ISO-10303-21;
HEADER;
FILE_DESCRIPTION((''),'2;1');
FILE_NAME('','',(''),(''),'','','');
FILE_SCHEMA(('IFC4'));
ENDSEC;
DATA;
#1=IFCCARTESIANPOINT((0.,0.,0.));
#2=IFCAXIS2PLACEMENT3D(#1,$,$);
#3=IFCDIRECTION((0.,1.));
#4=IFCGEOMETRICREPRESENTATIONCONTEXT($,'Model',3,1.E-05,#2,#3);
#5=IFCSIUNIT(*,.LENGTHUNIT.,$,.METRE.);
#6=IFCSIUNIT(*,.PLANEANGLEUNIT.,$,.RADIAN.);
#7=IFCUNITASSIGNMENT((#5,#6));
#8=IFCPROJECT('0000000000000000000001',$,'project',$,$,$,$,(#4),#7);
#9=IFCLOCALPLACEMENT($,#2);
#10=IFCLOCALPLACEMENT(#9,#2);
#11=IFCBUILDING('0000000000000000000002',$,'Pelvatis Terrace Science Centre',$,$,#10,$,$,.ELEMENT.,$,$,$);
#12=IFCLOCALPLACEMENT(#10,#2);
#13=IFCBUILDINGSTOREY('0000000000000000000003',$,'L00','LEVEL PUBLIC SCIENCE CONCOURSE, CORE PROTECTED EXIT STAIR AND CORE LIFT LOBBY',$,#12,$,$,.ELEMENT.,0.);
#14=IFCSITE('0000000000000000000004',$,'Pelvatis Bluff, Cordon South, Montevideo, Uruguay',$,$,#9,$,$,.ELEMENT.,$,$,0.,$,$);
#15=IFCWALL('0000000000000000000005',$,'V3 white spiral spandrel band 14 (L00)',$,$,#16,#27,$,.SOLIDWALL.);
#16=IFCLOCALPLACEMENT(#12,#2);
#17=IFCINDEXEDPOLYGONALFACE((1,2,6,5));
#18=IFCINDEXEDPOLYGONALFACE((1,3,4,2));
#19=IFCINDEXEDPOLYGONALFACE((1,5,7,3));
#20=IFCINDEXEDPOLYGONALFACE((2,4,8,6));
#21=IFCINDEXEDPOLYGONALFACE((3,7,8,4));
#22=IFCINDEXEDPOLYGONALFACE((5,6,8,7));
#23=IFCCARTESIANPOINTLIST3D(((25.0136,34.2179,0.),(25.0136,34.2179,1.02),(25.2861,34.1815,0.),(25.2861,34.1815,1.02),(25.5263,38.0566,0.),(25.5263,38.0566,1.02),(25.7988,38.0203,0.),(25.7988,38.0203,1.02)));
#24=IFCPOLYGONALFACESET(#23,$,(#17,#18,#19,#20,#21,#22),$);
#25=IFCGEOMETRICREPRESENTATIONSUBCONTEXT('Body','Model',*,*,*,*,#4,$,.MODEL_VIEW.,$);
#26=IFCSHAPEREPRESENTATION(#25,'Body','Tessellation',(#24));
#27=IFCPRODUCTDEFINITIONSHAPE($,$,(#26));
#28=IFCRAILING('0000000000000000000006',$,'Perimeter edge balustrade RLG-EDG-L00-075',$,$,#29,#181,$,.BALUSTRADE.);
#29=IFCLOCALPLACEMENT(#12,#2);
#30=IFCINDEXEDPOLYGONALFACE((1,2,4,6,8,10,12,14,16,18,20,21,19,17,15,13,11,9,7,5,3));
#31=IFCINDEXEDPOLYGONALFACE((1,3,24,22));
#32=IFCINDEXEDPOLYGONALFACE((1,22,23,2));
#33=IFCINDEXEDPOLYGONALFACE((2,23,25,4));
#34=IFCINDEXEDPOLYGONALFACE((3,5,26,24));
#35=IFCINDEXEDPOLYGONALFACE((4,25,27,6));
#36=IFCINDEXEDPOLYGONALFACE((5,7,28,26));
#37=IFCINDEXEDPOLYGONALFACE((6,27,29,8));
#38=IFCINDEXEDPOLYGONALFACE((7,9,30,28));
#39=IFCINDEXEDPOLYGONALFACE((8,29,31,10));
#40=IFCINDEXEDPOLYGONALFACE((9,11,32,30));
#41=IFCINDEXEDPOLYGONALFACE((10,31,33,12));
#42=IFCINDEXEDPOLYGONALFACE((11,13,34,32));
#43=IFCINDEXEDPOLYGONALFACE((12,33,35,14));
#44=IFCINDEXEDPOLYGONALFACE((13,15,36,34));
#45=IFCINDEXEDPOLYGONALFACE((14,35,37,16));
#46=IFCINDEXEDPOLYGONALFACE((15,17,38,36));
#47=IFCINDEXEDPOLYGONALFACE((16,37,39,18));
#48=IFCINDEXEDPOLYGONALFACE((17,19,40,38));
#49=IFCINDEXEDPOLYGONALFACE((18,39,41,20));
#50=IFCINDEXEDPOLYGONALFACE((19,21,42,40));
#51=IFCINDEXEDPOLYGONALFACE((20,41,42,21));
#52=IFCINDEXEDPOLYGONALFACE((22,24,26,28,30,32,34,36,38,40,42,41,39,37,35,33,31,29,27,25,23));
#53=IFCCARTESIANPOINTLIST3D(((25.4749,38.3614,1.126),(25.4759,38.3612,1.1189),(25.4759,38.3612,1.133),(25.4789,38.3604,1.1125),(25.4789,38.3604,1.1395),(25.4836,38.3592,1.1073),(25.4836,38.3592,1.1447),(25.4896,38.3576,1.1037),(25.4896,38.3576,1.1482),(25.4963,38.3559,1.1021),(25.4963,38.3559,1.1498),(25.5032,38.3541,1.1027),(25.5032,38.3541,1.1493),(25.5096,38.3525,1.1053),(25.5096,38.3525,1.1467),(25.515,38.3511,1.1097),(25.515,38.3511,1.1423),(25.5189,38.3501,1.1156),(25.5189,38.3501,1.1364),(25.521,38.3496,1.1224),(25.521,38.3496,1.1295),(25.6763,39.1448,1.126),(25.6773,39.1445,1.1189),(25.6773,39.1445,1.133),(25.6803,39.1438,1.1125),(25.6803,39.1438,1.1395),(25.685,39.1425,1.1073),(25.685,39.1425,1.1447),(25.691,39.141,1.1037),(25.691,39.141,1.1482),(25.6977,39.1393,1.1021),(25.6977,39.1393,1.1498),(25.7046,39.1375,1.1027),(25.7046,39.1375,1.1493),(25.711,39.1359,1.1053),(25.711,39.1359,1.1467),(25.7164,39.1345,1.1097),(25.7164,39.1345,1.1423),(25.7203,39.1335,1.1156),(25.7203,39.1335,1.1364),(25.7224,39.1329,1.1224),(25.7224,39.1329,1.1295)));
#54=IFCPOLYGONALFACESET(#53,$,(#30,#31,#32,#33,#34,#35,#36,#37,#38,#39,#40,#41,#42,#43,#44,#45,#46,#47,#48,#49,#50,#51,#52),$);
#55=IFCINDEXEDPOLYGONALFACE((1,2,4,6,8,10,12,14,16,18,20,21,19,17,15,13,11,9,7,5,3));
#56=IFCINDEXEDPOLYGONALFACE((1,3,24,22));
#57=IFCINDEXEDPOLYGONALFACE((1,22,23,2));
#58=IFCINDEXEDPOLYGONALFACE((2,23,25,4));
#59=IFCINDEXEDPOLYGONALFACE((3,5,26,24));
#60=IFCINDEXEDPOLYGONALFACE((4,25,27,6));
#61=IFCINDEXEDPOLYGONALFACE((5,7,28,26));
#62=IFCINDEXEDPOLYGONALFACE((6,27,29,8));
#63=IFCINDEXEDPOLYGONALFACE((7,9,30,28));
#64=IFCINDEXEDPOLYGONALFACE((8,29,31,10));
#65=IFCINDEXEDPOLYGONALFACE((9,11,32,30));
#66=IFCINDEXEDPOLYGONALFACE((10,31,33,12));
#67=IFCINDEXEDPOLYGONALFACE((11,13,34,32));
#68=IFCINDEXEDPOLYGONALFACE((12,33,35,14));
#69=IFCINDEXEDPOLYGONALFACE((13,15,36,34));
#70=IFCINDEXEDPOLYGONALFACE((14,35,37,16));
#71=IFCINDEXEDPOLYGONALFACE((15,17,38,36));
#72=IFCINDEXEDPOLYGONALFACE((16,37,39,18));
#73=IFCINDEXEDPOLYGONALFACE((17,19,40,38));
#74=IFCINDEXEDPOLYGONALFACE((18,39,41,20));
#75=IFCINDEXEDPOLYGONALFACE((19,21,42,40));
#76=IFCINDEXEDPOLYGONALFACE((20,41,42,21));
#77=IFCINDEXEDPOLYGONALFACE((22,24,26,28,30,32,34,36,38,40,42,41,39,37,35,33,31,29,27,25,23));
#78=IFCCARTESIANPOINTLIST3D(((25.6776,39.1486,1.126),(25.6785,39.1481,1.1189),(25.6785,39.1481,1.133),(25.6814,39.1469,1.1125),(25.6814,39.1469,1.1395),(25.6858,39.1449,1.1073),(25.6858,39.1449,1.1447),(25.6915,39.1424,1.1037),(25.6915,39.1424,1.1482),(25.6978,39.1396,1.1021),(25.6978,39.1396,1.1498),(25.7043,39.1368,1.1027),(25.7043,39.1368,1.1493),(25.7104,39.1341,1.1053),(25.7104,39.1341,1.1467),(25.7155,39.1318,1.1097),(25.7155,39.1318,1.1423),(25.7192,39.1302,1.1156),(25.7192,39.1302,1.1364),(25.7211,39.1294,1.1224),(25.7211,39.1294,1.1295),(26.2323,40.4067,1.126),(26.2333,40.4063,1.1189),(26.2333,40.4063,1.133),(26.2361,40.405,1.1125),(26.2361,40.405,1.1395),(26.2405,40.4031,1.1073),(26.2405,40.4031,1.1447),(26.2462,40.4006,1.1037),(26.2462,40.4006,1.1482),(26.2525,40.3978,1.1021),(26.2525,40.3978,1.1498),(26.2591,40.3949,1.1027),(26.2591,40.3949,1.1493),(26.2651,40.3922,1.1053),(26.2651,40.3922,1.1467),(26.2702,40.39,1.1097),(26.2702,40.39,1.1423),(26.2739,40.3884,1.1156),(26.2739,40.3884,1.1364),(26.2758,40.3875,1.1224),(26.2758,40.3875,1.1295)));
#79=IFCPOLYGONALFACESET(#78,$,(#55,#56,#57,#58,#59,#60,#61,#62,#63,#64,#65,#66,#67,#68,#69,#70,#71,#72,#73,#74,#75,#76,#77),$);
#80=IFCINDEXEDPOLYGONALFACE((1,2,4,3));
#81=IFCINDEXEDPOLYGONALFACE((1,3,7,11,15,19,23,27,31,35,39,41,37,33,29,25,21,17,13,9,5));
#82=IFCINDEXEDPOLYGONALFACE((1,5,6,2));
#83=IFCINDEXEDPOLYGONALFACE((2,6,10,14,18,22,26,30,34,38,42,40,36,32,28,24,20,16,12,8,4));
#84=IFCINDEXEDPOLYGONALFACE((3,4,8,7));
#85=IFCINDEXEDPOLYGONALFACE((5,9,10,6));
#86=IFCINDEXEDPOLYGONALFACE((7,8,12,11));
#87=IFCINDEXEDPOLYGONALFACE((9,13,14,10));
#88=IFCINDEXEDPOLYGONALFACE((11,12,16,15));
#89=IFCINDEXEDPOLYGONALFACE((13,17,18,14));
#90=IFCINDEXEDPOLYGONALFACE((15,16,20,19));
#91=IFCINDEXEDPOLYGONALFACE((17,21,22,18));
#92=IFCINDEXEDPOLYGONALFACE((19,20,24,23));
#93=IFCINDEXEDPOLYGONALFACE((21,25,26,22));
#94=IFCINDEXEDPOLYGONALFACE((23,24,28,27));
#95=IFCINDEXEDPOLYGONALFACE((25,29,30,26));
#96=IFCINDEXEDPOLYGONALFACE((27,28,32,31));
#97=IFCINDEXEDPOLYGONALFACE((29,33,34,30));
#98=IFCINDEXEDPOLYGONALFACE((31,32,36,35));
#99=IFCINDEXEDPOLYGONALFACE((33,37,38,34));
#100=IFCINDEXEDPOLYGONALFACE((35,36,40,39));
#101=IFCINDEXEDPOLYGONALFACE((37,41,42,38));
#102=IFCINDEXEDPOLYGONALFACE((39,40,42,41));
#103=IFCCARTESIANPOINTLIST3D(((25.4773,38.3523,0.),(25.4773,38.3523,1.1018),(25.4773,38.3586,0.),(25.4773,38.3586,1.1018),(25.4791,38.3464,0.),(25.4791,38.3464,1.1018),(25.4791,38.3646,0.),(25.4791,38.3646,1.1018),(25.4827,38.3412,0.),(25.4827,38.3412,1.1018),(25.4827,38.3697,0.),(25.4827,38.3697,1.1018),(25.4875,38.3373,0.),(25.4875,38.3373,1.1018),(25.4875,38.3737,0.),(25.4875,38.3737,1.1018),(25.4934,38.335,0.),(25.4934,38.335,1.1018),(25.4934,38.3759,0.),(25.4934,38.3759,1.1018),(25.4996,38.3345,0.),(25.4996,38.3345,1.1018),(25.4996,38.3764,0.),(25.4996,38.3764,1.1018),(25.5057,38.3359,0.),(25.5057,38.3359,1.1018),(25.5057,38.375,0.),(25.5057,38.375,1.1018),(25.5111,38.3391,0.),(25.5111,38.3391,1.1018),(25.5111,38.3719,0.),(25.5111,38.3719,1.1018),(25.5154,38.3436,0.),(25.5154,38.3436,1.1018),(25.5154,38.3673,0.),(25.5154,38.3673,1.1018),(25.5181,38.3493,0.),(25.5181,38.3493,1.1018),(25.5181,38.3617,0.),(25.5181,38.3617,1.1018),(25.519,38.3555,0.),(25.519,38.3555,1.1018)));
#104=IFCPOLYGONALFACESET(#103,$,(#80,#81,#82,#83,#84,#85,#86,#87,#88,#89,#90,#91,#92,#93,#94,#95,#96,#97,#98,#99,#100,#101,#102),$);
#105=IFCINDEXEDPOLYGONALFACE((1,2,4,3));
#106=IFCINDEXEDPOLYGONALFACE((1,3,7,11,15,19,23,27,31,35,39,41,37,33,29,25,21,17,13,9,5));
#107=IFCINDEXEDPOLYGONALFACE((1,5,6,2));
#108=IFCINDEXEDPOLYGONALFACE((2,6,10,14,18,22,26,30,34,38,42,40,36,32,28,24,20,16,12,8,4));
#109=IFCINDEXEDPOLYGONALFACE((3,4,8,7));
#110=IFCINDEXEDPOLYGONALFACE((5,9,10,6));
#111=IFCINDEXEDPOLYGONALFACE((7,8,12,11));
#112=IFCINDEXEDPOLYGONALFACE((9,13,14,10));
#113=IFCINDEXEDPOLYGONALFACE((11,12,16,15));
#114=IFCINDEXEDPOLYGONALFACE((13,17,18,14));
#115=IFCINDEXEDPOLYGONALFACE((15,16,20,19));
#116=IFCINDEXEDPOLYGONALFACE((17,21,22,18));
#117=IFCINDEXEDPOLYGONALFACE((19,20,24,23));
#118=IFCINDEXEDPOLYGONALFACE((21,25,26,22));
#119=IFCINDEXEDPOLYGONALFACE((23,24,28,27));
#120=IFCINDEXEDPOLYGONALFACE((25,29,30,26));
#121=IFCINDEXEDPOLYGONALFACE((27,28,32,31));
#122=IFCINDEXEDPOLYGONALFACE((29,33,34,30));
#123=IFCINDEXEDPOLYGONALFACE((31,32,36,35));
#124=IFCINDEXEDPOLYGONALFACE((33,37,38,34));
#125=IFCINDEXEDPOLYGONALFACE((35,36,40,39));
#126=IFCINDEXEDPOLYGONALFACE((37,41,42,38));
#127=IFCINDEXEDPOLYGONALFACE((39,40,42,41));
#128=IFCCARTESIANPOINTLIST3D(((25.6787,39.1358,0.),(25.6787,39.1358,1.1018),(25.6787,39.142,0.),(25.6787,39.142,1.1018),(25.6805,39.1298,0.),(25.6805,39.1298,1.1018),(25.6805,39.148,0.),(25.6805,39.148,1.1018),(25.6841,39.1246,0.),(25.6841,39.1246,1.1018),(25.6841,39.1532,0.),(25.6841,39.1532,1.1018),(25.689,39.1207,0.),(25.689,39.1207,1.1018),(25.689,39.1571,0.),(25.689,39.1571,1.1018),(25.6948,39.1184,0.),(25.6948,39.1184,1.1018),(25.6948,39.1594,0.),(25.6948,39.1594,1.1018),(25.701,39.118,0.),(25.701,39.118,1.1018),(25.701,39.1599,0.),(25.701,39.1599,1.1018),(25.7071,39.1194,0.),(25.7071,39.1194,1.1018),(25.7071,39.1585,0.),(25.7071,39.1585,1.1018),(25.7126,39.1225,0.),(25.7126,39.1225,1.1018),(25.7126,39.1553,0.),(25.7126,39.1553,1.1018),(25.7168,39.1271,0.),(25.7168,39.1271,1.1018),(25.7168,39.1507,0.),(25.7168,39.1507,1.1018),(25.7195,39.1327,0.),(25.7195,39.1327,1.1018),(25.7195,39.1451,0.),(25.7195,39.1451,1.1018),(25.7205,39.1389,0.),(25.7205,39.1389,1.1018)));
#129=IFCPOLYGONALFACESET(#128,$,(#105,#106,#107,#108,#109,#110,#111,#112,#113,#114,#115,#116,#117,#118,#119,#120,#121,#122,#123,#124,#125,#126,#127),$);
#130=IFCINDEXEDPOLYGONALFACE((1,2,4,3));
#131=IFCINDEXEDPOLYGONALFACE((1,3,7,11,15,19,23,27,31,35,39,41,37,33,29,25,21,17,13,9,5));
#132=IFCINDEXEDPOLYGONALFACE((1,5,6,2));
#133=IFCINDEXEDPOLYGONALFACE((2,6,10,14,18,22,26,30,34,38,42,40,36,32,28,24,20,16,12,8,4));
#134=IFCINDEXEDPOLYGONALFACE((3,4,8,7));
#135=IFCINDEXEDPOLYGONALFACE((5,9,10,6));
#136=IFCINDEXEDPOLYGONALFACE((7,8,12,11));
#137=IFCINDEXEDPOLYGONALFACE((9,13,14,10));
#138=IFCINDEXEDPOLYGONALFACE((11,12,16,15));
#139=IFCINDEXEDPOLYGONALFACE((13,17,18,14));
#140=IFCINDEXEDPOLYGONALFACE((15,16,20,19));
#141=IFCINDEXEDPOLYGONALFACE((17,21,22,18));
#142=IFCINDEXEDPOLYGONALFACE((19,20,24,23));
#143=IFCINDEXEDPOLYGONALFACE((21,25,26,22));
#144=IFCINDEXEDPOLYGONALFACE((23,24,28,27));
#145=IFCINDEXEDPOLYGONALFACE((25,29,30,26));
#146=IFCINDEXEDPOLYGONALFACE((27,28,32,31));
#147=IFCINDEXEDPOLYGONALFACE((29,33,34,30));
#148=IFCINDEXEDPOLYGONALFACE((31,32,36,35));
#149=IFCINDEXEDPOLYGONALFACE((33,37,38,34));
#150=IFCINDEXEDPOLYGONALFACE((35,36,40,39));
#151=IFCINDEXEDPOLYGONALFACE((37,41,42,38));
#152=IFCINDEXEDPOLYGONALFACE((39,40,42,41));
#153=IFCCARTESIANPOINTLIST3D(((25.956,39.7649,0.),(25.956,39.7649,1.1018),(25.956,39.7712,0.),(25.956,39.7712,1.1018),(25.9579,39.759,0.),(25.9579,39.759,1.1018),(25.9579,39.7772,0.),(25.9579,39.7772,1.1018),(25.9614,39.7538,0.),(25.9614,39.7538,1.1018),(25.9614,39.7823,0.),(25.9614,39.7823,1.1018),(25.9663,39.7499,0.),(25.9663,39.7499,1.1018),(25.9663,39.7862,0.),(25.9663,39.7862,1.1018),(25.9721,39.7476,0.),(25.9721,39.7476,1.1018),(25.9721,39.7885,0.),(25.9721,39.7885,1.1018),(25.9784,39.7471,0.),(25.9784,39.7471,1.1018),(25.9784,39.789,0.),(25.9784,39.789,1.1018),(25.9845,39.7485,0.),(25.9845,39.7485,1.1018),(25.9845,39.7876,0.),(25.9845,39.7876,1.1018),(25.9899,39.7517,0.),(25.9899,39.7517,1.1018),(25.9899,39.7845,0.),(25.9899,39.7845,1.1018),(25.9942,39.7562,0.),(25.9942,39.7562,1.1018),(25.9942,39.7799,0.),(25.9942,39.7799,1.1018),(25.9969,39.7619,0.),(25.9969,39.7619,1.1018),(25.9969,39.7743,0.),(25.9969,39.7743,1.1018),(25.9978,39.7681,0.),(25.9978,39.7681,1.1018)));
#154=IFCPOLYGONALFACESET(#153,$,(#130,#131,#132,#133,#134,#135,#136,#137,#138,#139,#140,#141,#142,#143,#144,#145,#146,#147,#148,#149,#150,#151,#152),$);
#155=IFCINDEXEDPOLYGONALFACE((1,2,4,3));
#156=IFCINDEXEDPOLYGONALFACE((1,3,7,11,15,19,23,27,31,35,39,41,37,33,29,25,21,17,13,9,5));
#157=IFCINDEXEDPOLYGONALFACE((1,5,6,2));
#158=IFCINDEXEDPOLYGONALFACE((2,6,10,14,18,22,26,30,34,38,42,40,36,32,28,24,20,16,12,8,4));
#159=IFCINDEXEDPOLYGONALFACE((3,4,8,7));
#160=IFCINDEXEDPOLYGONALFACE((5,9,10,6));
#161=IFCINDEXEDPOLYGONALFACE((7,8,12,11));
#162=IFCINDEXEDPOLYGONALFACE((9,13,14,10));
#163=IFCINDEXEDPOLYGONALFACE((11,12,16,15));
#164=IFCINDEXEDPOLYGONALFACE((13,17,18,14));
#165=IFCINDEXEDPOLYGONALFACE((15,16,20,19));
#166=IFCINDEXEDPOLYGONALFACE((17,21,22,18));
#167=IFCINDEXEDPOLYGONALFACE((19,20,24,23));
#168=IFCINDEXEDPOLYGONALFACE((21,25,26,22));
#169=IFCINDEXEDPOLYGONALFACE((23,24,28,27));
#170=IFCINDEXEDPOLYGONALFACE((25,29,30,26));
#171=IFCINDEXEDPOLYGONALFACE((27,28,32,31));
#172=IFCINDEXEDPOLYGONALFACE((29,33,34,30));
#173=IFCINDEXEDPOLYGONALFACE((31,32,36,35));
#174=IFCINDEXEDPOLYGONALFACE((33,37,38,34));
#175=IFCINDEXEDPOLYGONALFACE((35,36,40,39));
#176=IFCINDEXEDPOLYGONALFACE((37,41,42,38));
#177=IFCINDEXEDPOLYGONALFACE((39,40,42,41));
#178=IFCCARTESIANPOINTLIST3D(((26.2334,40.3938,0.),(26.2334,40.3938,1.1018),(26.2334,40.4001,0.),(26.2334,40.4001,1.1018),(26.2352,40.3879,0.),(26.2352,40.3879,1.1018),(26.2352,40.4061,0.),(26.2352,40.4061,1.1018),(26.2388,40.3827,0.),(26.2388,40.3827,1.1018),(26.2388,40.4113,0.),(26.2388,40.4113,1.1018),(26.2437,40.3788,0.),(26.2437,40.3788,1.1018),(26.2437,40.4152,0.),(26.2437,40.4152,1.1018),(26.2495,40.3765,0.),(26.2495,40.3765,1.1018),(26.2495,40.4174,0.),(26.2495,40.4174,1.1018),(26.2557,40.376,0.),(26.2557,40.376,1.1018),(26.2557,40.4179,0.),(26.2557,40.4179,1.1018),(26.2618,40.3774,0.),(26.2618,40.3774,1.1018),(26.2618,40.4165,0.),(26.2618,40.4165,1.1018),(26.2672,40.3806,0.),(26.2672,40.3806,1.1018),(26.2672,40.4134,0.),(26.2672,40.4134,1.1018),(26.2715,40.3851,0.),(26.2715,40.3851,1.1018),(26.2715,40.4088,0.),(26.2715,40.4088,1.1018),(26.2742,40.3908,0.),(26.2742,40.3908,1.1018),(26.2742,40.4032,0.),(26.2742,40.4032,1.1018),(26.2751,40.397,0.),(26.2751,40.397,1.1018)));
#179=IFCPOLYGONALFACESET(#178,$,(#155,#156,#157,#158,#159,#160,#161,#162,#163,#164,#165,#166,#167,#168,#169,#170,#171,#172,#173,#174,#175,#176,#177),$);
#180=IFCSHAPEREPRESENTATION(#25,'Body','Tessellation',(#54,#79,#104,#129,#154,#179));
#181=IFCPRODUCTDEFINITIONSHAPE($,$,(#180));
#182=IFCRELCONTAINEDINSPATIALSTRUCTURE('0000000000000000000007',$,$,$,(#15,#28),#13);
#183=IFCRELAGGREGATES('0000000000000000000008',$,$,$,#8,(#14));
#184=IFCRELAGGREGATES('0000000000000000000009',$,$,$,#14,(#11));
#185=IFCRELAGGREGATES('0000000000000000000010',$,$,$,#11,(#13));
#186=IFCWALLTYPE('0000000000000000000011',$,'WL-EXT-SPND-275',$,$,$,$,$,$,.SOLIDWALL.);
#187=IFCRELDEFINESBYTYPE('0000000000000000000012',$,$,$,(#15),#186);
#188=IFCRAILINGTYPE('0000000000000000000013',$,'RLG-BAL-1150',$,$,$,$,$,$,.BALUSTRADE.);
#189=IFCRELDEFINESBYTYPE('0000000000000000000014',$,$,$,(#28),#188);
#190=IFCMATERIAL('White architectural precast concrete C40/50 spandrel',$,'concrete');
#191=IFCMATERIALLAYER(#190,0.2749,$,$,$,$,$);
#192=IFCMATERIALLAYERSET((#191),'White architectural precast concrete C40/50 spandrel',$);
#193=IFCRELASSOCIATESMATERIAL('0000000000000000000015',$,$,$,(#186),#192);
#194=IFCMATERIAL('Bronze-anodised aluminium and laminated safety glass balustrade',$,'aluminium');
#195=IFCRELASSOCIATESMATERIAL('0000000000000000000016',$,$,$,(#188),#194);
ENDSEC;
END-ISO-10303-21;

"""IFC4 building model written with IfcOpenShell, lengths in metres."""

from ifc_helpers import new_model, si_unit, direction, frame, frame_2d, origin, origin_2d, place, context, subcontext, project, spatial, rectangle, circle, extrude, material, layer, layer_set, type_object, element, save


model = new_model("IFC4")

# Units and contexts
model_context = context("Model", 3, precision=1e-05, world=origin(), true_north=direction((0.0, 1.0)))
body_context = subcontext(model_context, "Body", "Model", "MODEL_VIEW")
ifc_project = project(units=[si_unit("LENGTHUNIT", "METRE"), si_unit("PLANEANGLEUNIT", "RADIAN")], contexts=[model_context])

# Site, building, storey
site_placement = place(None, origin())
site = spatial("IfcSite", under=ifc_project, at=site_placement, Name="Pelvatis Bluff, Cordon South, Montevideo, Uruguay", CompositionType="ELEMENT", RefElevation=0.0)
building_placement = place(site_placement, origin())
building = spatial("IfcBuilding", under=site, at=building_placement, Name="Pelvatis Terrace Science Centre", CompositionType="ELEMENT")
storey_placement = place(building_placement, origin())
storey = spatial("IfcBuildingStorey", under=building, at=storey_placement, Name="L00", Description="LEVEL PUBLIC SCIENCE CONCOURSE, CORE PROTECTED EXIT STAIR AND CORE LIFT LOBBY", CompositionType="ELEMENT", Elevation=0.0)

# Wall
ifc_material_1 = material(Name="White architectural precast concrete C40/50 spandrel", Category="concrete")
ifc_layer_1 = layer(ifc_material_1, 0.2749)
ifc_layer_set_1 = layer_set([ifc_layer_1], Name="White architectural precast concrete C40/50 spandrel")
wall_type = type_object("IfcWallType", Name="WL-EXT-SPND-275", PredefinedType="SOLIDWALL", material=ifc_layer_set_1)
wall_placement = place(storey_placement, frame((25.6626, 38.0386, 0.0), z_axis=(0.0, 0.0, 1.0), x_axis=(-0.132387, -0.991198, 0.0)))
element("IfcWall", 1, at=wall_placement, inside=storey, type_object=wall_type, Name="V3 white spiral spandrel band 14 (L00)", PredefinedType="SOLIDWALL", context=body_context, shape_type="SweptSolid", body=[
    extrude(rectangle(XDim=3.8728, YDim=0.2749, at=frame_2d((1.9365, 0.0))), origin(), (0.0, 0.0, 1.0), 1.02),
])

# Railing
ifc_material_2 = material(Name="Bronze-anodised aluminium and laminated safety glass balustrade", Category="aluminium")
railing_type = type_object("IfcRailingType", Name="RLG-BAL-1150", PredefinedType="BALUSTRADE", material=ifc_material_2)
railing_placement = place(storey_placement, frame((25.498, 38.3555, 0.0)))
element("IfcRailing", 2, at=railing_placement, inside=storey, type_object=railing_type, Name="Perimeter edge balustrade RLG-EDG-L00-075", PredefinedType="BALUSTRADE", context=body_context, shape_type="SweptSolid", body=[
    extrude(circle(Radius=0.0239, at=origin_2d()), frame((0.0, 0.0, 1.126), z_axis=(0.248993, 0.968505, 0.0), x_axis=(-0.968505, 0.248993, 0.0)), (0.0, 0.0, 1.0), 0.8088),
    extrude(circle(Radius=0.0239, at=origin_2d()), frame((0.2014, 0.7834, 1.126), z_axis=(0.403435, 0.915008, 0.0), x_axis=(-0.915008, 0.403435, 0.0)), (0.0, 0.0, 1.0), 1.375),
    extrude(circle(Radius=0.021, at=origin_2d()), origin(), (0.0, 0.0, 1.0), 1.1018),
    extrude(circle(Radius=0.021, at=origin_2d()), frame((0.2014, 0.7834, 0.0)), (0.0, 0.0, 1.0), 1.1018),
    extrude(circle(Radius=0.021, at=origin_2d()), frame((0.4788, 1.4126, 0.0)), (0.0, 0.0, 1.0), 1.1018),
    extrude(circle(Radius=0.021, at=origin_2d()), frame((0.7561, 2.0415, 0.0)), (0.0, 0.0, 1.0), 1.1018),
])

save(model, "model.ifc")
